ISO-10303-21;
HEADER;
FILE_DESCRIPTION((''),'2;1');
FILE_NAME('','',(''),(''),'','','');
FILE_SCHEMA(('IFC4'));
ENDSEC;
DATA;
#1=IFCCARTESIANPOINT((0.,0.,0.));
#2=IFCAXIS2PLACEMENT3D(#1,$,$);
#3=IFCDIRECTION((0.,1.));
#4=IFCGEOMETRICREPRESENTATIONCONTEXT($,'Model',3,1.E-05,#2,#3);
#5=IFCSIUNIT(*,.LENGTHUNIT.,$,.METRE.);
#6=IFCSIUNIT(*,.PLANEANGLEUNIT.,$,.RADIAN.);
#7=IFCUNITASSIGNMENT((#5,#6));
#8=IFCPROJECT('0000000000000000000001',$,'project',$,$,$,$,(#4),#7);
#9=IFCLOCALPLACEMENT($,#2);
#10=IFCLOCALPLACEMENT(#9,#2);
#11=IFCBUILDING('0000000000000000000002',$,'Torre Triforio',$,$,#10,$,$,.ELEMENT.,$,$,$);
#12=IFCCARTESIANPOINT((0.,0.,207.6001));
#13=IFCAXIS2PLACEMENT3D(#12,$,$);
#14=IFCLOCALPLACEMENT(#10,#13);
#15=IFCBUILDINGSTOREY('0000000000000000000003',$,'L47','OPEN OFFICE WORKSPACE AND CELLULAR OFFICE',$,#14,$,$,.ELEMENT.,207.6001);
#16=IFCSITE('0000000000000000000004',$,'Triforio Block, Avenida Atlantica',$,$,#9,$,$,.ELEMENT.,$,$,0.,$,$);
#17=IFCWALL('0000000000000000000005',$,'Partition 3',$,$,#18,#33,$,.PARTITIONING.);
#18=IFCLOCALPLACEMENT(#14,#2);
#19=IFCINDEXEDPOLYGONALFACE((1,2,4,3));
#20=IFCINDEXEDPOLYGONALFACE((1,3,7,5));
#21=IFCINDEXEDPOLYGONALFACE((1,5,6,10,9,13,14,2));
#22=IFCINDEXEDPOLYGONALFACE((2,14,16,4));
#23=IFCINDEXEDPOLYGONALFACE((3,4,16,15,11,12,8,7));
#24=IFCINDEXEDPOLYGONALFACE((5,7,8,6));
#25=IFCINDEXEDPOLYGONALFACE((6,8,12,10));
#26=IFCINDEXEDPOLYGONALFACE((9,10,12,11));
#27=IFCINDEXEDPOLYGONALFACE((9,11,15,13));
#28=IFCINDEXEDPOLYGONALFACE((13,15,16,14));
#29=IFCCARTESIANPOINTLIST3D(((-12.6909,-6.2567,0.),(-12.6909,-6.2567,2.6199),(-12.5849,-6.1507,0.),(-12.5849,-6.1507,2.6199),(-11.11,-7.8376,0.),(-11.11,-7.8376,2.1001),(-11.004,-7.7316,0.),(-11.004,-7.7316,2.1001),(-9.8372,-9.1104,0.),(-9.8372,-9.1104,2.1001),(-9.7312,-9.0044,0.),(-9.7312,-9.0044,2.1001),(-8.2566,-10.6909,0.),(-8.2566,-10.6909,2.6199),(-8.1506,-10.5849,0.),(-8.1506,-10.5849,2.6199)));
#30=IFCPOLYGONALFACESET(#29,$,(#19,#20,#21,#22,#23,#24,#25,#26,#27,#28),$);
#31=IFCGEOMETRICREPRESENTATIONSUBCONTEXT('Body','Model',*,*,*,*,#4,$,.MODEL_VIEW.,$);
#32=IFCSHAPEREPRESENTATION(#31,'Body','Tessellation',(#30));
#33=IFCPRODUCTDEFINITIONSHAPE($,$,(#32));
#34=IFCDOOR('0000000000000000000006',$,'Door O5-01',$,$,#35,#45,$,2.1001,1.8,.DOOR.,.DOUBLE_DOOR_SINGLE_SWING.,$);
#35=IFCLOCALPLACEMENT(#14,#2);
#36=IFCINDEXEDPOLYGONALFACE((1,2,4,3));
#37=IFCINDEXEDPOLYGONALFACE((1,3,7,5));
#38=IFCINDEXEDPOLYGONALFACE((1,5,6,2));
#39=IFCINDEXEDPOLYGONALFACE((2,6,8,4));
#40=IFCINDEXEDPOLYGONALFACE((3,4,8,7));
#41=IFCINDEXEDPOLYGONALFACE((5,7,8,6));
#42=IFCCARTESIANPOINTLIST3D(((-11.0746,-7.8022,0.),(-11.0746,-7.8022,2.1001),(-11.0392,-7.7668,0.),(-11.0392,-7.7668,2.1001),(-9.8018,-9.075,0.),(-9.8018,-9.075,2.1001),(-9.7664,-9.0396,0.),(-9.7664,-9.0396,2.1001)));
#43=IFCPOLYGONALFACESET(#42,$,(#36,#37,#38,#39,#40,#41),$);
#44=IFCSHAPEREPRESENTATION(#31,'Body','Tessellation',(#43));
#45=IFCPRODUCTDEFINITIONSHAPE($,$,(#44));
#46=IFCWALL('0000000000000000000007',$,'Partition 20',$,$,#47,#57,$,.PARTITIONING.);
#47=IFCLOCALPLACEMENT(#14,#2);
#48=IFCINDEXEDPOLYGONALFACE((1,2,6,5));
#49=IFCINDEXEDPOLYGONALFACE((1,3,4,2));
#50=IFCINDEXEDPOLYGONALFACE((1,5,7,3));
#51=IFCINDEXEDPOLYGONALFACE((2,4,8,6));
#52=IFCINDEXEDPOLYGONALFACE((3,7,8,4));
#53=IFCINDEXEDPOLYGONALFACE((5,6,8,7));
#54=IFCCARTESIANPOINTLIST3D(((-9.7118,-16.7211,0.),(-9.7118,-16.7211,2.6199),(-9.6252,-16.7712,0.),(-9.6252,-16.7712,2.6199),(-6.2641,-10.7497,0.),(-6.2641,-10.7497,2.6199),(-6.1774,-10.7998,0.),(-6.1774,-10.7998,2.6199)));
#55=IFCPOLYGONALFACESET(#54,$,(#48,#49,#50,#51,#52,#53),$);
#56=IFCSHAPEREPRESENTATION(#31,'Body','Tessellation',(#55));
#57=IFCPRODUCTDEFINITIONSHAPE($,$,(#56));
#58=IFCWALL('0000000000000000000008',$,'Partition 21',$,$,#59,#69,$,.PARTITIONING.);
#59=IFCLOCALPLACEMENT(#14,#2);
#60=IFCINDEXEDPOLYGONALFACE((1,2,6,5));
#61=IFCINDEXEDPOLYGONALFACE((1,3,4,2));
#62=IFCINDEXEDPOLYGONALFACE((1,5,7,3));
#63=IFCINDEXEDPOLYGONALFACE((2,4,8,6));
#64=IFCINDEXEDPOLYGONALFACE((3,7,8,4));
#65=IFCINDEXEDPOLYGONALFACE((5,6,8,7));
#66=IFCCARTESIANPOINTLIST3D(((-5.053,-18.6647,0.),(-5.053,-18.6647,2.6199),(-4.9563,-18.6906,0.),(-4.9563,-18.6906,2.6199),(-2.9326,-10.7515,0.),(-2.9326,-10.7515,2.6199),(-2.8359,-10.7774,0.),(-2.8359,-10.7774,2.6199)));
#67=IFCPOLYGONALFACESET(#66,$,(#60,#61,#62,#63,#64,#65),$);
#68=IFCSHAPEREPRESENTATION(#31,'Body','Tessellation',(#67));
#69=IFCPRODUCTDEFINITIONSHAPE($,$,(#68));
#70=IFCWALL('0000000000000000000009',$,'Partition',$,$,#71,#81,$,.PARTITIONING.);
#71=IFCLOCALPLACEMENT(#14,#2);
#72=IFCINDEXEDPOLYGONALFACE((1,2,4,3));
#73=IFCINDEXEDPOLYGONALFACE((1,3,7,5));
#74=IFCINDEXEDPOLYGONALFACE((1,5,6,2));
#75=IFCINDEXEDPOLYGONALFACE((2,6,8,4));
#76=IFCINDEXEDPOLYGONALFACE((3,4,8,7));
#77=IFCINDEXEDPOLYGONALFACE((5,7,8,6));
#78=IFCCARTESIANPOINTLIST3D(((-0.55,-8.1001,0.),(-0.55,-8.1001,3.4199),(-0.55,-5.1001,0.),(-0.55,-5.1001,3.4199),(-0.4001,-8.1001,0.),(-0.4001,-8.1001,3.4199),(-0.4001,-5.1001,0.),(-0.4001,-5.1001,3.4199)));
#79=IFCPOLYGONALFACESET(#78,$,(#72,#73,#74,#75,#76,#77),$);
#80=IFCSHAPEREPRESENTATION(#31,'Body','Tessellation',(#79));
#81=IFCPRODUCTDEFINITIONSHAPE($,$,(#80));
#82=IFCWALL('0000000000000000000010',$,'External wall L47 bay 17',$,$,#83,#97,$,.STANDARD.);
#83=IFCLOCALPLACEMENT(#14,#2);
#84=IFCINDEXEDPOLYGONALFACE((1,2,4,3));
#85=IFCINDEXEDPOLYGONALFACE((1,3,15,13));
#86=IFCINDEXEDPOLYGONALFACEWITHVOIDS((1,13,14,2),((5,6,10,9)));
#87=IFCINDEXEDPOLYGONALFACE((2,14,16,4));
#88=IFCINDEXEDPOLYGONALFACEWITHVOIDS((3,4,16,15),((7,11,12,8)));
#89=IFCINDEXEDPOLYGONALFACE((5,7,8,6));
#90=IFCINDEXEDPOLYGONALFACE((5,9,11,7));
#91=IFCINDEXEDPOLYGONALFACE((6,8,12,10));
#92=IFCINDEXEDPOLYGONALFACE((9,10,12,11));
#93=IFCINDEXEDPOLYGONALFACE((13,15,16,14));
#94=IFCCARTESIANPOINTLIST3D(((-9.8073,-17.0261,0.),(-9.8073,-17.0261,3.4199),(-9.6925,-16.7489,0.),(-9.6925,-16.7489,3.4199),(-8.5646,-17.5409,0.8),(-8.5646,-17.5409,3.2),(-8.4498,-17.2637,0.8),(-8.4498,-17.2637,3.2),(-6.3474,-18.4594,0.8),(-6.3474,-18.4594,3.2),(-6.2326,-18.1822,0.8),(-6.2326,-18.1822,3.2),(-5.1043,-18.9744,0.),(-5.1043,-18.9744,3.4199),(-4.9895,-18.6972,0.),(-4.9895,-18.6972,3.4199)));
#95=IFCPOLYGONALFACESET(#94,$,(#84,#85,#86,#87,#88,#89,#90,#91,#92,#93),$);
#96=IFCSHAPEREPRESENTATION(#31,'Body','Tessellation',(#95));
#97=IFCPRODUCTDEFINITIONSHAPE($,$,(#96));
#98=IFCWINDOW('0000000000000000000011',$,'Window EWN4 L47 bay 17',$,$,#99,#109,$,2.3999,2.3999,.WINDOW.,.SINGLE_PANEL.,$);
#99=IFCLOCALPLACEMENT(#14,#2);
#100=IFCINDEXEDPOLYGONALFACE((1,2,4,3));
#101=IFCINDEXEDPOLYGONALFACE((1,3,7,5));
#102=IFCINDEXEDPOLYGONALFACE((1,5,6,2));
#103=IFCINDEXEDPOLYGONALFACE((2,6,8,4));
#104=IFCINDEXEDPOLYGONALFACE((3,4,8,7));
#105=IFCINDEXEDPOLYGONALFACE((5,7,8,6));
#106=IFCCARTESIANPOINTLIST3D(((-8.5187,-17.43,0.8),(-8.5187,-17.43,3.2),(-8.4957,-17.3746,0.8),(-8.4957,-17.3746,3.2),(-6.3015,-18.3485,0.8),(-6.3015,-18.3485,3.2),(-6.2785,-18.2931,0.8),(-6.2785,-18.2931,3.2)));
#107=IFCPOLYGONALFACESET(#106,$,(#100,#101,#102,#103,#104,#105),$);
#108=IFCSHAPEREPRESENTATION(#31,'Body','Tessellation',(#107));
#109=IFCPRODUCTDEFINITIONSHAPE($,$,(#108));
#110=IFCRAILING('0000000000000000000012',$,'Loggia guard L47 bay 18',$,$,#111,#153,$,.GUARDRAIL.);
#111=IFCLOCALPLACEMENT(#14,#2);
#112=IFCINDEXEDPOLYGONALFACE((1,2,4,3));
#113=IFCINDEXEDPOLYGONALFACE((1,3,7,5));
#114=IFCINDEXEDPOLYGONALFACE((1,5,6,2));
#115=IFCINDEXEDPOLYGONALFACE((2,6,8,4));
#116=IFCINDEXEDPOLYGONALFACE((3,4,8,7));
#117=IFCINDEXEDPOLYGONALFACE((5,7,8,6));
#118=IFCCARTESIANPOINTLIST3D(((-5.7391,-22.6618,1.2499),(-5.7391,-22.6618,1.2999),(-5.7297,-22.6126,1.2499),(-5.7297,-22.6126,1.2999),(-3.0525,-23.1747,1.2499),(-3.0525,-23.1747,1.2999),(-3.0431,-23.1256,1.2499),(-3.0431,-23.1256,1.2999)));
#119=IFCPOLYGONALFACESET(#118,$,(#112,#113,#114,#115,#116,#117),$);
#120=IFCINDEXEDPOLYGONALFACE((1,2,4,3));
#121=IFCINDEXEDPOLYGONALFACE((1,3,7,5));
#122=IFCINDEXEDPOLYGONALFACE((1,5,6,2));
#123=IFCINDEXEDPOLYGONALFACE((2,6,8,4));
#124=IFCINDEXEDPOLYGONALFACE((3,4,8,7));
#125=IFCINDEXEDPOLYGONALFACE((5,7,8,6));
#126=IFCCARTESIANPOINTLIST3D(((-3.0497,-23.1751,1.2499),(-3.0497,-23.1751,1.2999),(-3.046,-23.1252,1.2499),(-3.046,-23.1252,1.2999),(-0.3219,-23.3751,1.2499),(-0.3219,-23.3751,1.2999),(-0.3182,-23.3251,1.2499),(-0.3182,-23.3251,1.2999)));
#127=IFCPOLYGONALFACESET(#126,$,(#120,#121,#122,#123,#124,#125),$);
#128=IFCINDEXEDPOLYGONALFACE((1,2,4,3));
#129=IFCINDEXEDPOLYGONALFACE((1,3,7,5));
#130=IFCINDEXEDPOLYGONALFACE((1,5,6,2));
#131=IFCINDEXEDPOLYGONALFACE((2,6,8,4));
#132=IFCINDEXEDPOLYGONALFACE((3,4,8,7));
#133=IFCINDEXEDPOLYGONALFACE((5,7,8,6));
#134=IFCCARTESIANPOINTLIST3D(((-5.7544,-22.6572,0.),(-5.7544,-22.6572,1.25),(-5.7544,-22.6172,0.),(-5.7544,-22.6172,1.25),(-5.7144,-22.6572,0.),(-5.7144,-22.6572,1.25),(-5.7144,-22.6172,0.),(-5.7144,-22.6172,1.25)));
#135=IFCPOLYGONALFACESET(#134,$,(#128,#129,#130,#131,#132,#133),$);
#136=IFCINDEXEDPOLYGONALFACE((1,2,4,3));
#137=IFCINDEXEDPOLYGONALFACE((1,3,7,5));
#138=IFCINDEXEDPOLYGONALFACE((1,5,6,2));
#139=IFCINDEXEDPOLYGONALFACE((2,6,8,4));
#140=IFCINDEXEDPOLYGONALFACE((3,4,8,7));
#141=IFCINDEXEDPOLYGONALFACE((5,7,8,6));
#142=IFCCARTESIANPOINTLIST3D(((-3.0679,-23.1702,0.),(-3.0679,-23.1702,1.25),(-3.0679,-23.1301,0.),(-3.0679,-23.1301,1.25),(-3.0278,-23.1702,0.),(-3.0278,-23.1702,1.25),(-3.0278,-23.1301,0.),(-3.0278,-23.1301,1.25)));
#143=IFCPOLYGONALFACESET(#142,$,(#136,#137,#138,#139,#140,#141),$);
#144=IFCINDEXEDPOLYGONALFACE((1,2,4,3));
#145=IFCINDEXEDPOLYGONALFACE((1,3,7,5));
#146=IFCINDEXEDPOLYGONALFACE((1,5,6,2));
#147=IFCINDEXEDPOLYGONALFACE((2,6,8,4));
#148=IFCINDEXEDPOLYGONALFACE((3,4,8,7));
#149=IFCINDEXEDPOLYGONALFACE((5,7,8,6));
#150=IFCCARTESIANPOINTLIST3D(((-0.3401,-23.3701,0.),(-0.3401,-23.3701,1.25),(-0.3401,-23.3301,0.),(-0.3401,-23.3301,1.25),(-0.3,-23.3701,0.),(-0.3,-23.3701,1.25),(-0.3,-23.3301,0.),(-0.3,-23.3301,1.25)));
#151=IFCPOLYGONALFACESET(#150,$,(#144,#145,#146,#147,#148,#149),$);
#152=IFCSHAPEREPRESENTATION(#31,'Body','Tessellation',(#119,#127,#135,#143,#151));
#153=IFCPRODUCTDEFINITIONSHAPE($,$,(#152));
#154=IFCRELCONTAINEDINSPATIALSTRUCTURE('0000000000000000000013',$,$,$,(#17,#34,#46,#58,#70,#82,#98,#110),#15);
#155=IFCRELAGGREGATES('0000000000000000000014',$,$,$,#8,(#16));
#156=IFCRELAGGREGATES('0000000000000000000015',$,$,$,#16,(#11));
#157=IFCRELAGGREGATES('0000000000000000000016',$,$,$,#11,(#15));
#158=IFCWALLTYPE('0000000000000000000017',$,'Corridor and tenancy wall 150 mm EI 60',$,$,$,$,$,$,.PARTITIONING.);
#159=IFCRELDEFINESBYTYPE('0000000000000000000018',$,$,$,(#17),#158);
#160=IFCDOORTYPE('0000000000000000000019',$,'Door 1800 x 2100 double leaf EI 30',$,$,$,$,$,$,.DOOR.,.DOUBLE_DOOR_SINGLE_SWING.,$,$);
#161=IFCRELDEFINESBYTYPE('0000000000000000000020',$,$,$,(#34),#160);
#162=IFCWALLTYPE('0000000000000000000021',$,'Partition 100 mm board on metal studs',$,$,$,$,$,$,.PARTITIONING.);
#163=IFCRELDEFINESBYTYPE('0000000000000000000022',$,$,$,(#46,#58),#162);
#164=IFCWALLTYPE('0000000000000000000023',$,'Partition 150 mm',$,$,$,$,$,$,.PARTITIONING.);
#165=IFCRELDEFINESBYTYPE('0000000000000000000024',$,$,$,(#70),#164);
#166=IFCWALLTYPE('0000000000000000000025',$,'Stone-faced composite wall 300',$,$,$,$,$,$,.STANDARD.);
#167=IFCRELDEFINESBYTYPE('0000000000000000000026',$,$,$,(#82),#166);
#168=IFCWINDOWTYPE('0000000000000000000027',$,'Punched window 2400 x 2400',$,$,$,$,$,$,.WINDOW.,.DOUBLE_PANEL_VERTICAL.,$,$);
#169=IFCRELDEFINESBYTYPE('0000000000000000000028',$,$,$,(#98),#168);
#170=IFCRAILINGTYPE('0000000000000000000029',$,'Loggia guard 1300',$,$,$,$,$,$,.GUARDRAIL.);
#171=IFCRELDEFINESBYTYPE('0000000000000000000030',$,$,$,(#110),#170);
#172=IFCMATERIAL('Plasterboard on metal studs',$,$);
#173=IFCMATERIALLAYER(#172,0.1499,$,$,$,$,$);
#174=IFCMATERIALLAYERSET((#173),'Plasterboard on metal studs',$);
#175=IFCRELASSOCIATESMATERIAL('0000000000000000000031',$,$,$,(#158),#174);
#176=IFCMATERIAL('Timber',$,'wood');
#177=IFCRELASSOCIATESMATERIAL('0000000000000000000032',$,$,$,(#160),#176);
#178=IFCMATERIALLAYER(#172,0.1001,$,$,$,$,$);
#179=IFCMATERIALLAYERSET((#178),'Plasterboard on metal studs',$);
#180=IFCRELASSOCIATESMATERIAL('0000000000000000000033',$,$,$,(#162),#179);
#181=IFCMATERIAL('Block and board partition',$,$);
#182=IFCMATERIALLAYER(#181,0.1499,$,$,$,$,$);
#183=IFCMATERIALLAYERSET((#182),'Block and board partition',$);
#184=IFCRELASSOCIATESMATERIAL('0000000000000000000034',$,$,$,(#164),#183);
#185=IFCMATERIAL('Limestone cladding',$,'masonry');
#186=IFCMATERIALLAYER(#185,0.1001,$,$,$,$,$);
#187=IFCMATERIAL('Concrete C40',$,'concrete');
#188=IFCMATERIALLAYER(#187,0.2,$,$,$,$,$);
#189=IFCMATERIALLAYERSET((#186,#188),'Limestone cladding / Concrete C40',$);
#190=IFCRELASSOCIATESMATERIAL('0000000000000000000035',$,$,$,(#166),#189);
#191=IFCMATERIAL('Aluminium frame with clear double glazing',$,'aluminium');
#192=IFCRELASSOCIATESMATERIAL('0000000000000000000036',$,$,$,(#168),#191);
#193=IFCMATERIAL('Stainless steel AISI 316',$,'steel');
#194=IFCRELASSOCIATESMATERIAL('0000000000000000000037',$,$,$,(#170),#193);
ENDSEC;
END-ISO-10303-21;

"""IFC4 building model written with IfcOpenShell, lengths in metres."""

from ifc_helpers import new_model, si_unit, direction, frame, frame_2d, origin, origin_2d, place, context, subcontext, project, spatial, rectangle, extrude, material, layer, layer_set, type_object, element, fill, save


model = new_model("IFC4")

# Units and contexts
model_context = context("Model", 3, precision=1e-05, world=origin(), true_north=direction((0.0, 1.0)))
body_context = subcontext(model_context, "Body", "Model", "MODEL_VIEW")
ifc_project = project(units=[si_unit("LENGTHUNIT", "METRE"), si_unit("PLANEANGLEUNIT", "RADIAN")], contexts=[model_context])

# Site, building, storey
site_placement = place(None, origin())
site = spatial("IfcSite", under=ifc_project, at=site_placement, Name="Triforio Block, Avenida Atlantica", CompositionType="ELEMENT", RefElevation=0.0)
building_placement = place(site_placement, origin())
building = spatial("IfcBuilding", under=site, at=building_placement, Name="Torre Triforio", CompositionType="ELEMENT")
storey_placement = place(building_placement, frame((0.0, 0.0, 207.6001)))
storey = spatial("IfcBuildingStorey", under=building, at=storey_placement, Name="L47", Description="OPEN OFFICE WORKSPACE AND CELLULAR OFFICE", CompositionType="ELEMENT", Elevation=207.6001)

# Shared definitions
ifc_material_1 = material(Name="Concrete C40", Category="concrete")

# Wall, opening, door
ifc_material_2 = material(Name="Plasterboard on metal studs")
ifc_layer_1 = layer(ifc_material_2, 0.1499)
ifc_layer_set_1 = layer_set([ifc_layer_1], Name="Plasterboard on metal studs")
wall_type_1 = type_object("IfcWallType", Name="Corridor and tenancy wall 150 mm EI 60", PredefinedType="PARTITIONING", material=ifc_layer_set_1)
wall_1_placement = place(storey_placement, frame((-8.2036, -10.6379, 0.0), z_axis=(0.0, 0.0, 1.0), x_axis=(-0.707107, 0.707107, 0.0)))
wall_1 = element("IfcWall", 1, at=wall_1_placement, inside=storey, type_object=wall_type_1, Name="Partition 3", PredefinedType="PARTITIONING", context=body_context, shape_type="SweptSolid", body=[
    extrude(rectangle(XDim=6.271, YDim=0.1499, at=frame_2d((3.1355, 0.0))), origin(), (0.0, 0.0, 1.0), 2.6199),
])
opening_1_placement = place(wall_1_placement, frame((2.2354, 0.0, 0.0)))
opening_1 = element("IfcOpeningElement", 2, at=opening_1_placement, cuts=wall_1, PredefinedType="OPENING", context=body_context, shape_type="SweptSolid", body=[
    extrude(rectangle(XDim=1.8, YDim=2.1001, at=frame_2d((0.8999, 1.05))), frame((0.0, 0.085, 0.0), z_axis=(0.0, -1.0, 0.0), x_axis=(1.0, 0.0, 0.0)), (0.0, 0.0, 1.0), 0.1699),
])
ifc_material_3 = material(Name="Timber", Category="wood")
door_type_1 = type_object("IfcDoorType", Name="Door 1800 x 2100 double leaf EI 30", OperationType="DOUBLE_DOOR_SINGLE_SWING", PredefinedType="DOOR", material=ifc_material_3)
door_1_placement = place(opening_1_placement, origin())
door_1 = element("IfcDoor", 3, at=door_1_placement, inside=storey, type_object=door_type_1, Name="Door O5-01", OperationType="DOUBLE_DOOR_SINGLE_SWING", OverallHeight=2.1001, OverallWidth=1.8, PredefinedType="DOOR", context=body_context, shape_type="SweptSolid", body=[
    extrude(rectangle(XDim=1.8, YDim=2.1001, at=frame_2d((0.8999, 1.05))), frame((0.0, 0.0249, 0.0), z_axis=(0.0, -1.0, 0.0), x_axis=(1.0, 0.0, 0.0)), (0.0, 0.0, 1.0), 0.05),
])
fill(opening_1, door_1)

# Walls
ifc_layer_2 = layer(ifc_material_2, 0.1001)
ifc_layer_set_2 = layer_set([ifc_layer_2], Name="Plasterboard on metal studs")
wall_type_2 = type_object("IfcWallType", Name="Partition 100 mm board on metal studs", PredefinedType="PARTITIONING", material=ifc_layer_set_2)
wall_2_placement = place(storey_placement, frame((-6.2207, -10.7747, 0.0), z_axis=(0.0, 0.0, 1.0), x_axis=(-0.500016, -0.866016, 0.0)))
element("IfcWall", 4, at=wall_2_placement, inside=storey, type_object=wall_type_2, Name="Partition 20", PredefinedType="PARTITIONING", context=body_context, shape_type="SweptSolid", body=[
    extrude(rectangle(XDim=6.8953, YDim=0.1001, at=frame_2d((3.4478, 0.0))), origin(), (0.0, 0.0, 1.0), 2.6199),
])
wall_3_placement = place(storey_placement, frame((-2.8843, -10.7644, 0.0), z_axis=(0.0, 0.0, 1.0), x_axis=(-0.258818, -0.965926, 0.0)))
element("IfcWall", 5, at=wall_3_placement, inside=storey, type_object=wall_type_2, Name="Partition 21", PredefinedType="PARTITIONING", context=body_context, shape_type="SweptSolid", body=[
    extrude(rectangle(XDim=8.1924, YDim=0.1001, at=frame_2d((4.0962, 0.0))), origin(), (0.0, 0.0, 1.0), 2.6199),
])
ifc_material_4 = material(Name="Block and board partition")
ifc_layer_3 = layer(ifc_material_4, 0.1499)
ifc_layer_set_3 = layer_set([ifc_layer_3], Name="Block and board partition")
wall_type_3 = type_object("IfcWallType", Name="Partition 150 mm", PredefinedType="PARTITIONING", material=ifc_layer_set_3)
wall_4_placement = place(storey_placement, frame((-0.4751, -8.1001, 0.0), z_axis=(0.0, 0.0, 1.0), x_axis=(0.0, 1.0, 0.0)))
element("IfcWall", 6, at=wall_4_placement, inside=storey, type_object=wall_type_3, Name="Partition", PredefinedType="PARTITIONING", context=body_context, shape_type="SweptSolid", body=[
    extrude(rectangle(XDim=3.0, YDim=0.1499, at=frame_2d((1.5, 0.0))), origin(), (0.0, 0.0, 1.0), 3.4199),
])

# Wall, opening, window
ifc_material_5 = material(Name="Limestone cladding", Category="masonry")
ifc_layer_4 = layer(ifc_material_5, 0.1001)
ifc_layer_5 = layer(ifc_material_1, 0.2)
ifc_layer_set_4 = layer_set([ifc_layer_4, ifc_layer_5], Name="Limestone cladding / Concrete C40")
wall_type_4 = type_object("IfcWallType", Name="Stone-faced composite wall 300", PredefinedType="STANDARD", material=ifc_layer_set_4)
wall_5_placement = place(storey_placement, frame((-9.75, -16.8875, 0.0), z_axis=(0.0, 0.0, 1.0), x_axis=(0.923863, -0.382725, 0.0)))
wall_5 = element("IfcWall", 7, at=wall_5_placement, inside=storey, type_object=wall_type_4, Name="External wall L47 bay 17", PredefinedType="STANDARD", context=body_context, shape_type="SweptSolid", body=[
    extrude(rectangle(XDim=5.0906, YDim=0.3, at=frame_2d((2.5454, 0.0))), origin(), (0.0, 0.0, 1.0), 3.4199),
])
opening_2_placement = place(wall_5_placement, frame((1.3452, 0.0, 0.8)))
opening_2 = element("IfcOpeningElement", 8, at=opening_2_placement, cuts=wall_5, PredefinedType="OPENING", context=body_context, shape_type="SweptSolid", body=[
    extrude(rectangle(XDim=2.3999, YDim=2.3999, at=frame_2d((1.2, 1.2))), frame((0.0, 0.1599, 0.0), z_axis=(0.0, -1.0, 0.0), x_axis=(1.0, 0.0, 0.0)), (0.0, 0.0, 1.0), 0.3201),
])
ifc_material_6 = material(Name="Aluminium frame with clear double glazing", Category="aluminium")
window_type_1 = type_object("IfcWindowType", Name="Punched window 2400 x 2400", PartitioningType="DOUBLE_PANEL_VERTICAL", PredefinedType="WINDOW", material=ifc_material_6)
window_1_placement = place(opening_2_placement, origin())
window_1 = element("IfcWindow", 9, at=window_1_placement, inside=storey, type_object=window_type_1, Name="Window EWN4 L47 bay 17", OverallHeight=2.3999, OverallWidth=2.3999, PartitioningType="SINGLE_PANEL", PredefinedType="WINDOW", context=body_context, shape_type="SweptSolid", body=[
    extrude(rectangle(XDim=2.3999, YDim=2.3999, at=frame_2d((1.2, 1.2))), frame((0.0, 0.03, 0.0), z_axis=(0.0, -1.0, 0.0), x_axis=(1.0, 0.0, 0.0)), (0.0, 0.0, 1.0), 0.0601),
])
fill(opening_2, window_1)

# Railing
ifc_material_7 = material(Name="Stainless steel AISI 316", Category="steel")
railing_type = type_object("IfcRailingType", Name="Loggia guard 1300", PredefinedType="GUARDRAIL", material=ifc_material_7)
railing_placement = place(storey_placement, frame((-5.7344, -22.6372, 0.0)))
element("IfcRailing", 10, at=railing_placement, inside=storey, type_object=railing_type, Name="Loggia guard L47 bay 18", PredefinedType="GUARDRAIL", context=body_context, shape_type="SweptSolid", body=[
    extrude(rectangle(XDim=0.05, YDim=0.05, at=origin_2d()), frame((0.0, 0.0, 1.2749), z_axis=(0.982256, -0.187543, 0.0), x_axis=(0.187543, 0.982256, 0.0)), (0.0, 0.0, 1.0), 2.7351),
    extrude(rectangle(XDim=0.05, YDim=0.05, at=origin_2d()), frame((2.6865, -0.5129, 1.2749), z_axis=(0.997324, -0.073106, 0.0), x_axis=(0.073106, 0.997324, 0.0)), (0.0, 0.0, 1.0), 2.7351),
    extrude(rectangle(XDim=0.04, YDim=0.04, at=origin_2d()), origin(), (0.0, 0.0, 1.0), 1.25),
    extrude(rectangle(XDim=0.04, YDim=0.04, at=origin_2d()), frame((2.6865, -0.5129, 0.0)), (0.0, 0.0, 1.0), 1.25),
    extrude(rectangle(XDim=0.04, YDim=0.04, at=origin_2d()), frame((5.4143, -0.7129, 0.0)), (0.0, 0.0, 1.0), 1.25),
])

save(model, "model.ifc")
